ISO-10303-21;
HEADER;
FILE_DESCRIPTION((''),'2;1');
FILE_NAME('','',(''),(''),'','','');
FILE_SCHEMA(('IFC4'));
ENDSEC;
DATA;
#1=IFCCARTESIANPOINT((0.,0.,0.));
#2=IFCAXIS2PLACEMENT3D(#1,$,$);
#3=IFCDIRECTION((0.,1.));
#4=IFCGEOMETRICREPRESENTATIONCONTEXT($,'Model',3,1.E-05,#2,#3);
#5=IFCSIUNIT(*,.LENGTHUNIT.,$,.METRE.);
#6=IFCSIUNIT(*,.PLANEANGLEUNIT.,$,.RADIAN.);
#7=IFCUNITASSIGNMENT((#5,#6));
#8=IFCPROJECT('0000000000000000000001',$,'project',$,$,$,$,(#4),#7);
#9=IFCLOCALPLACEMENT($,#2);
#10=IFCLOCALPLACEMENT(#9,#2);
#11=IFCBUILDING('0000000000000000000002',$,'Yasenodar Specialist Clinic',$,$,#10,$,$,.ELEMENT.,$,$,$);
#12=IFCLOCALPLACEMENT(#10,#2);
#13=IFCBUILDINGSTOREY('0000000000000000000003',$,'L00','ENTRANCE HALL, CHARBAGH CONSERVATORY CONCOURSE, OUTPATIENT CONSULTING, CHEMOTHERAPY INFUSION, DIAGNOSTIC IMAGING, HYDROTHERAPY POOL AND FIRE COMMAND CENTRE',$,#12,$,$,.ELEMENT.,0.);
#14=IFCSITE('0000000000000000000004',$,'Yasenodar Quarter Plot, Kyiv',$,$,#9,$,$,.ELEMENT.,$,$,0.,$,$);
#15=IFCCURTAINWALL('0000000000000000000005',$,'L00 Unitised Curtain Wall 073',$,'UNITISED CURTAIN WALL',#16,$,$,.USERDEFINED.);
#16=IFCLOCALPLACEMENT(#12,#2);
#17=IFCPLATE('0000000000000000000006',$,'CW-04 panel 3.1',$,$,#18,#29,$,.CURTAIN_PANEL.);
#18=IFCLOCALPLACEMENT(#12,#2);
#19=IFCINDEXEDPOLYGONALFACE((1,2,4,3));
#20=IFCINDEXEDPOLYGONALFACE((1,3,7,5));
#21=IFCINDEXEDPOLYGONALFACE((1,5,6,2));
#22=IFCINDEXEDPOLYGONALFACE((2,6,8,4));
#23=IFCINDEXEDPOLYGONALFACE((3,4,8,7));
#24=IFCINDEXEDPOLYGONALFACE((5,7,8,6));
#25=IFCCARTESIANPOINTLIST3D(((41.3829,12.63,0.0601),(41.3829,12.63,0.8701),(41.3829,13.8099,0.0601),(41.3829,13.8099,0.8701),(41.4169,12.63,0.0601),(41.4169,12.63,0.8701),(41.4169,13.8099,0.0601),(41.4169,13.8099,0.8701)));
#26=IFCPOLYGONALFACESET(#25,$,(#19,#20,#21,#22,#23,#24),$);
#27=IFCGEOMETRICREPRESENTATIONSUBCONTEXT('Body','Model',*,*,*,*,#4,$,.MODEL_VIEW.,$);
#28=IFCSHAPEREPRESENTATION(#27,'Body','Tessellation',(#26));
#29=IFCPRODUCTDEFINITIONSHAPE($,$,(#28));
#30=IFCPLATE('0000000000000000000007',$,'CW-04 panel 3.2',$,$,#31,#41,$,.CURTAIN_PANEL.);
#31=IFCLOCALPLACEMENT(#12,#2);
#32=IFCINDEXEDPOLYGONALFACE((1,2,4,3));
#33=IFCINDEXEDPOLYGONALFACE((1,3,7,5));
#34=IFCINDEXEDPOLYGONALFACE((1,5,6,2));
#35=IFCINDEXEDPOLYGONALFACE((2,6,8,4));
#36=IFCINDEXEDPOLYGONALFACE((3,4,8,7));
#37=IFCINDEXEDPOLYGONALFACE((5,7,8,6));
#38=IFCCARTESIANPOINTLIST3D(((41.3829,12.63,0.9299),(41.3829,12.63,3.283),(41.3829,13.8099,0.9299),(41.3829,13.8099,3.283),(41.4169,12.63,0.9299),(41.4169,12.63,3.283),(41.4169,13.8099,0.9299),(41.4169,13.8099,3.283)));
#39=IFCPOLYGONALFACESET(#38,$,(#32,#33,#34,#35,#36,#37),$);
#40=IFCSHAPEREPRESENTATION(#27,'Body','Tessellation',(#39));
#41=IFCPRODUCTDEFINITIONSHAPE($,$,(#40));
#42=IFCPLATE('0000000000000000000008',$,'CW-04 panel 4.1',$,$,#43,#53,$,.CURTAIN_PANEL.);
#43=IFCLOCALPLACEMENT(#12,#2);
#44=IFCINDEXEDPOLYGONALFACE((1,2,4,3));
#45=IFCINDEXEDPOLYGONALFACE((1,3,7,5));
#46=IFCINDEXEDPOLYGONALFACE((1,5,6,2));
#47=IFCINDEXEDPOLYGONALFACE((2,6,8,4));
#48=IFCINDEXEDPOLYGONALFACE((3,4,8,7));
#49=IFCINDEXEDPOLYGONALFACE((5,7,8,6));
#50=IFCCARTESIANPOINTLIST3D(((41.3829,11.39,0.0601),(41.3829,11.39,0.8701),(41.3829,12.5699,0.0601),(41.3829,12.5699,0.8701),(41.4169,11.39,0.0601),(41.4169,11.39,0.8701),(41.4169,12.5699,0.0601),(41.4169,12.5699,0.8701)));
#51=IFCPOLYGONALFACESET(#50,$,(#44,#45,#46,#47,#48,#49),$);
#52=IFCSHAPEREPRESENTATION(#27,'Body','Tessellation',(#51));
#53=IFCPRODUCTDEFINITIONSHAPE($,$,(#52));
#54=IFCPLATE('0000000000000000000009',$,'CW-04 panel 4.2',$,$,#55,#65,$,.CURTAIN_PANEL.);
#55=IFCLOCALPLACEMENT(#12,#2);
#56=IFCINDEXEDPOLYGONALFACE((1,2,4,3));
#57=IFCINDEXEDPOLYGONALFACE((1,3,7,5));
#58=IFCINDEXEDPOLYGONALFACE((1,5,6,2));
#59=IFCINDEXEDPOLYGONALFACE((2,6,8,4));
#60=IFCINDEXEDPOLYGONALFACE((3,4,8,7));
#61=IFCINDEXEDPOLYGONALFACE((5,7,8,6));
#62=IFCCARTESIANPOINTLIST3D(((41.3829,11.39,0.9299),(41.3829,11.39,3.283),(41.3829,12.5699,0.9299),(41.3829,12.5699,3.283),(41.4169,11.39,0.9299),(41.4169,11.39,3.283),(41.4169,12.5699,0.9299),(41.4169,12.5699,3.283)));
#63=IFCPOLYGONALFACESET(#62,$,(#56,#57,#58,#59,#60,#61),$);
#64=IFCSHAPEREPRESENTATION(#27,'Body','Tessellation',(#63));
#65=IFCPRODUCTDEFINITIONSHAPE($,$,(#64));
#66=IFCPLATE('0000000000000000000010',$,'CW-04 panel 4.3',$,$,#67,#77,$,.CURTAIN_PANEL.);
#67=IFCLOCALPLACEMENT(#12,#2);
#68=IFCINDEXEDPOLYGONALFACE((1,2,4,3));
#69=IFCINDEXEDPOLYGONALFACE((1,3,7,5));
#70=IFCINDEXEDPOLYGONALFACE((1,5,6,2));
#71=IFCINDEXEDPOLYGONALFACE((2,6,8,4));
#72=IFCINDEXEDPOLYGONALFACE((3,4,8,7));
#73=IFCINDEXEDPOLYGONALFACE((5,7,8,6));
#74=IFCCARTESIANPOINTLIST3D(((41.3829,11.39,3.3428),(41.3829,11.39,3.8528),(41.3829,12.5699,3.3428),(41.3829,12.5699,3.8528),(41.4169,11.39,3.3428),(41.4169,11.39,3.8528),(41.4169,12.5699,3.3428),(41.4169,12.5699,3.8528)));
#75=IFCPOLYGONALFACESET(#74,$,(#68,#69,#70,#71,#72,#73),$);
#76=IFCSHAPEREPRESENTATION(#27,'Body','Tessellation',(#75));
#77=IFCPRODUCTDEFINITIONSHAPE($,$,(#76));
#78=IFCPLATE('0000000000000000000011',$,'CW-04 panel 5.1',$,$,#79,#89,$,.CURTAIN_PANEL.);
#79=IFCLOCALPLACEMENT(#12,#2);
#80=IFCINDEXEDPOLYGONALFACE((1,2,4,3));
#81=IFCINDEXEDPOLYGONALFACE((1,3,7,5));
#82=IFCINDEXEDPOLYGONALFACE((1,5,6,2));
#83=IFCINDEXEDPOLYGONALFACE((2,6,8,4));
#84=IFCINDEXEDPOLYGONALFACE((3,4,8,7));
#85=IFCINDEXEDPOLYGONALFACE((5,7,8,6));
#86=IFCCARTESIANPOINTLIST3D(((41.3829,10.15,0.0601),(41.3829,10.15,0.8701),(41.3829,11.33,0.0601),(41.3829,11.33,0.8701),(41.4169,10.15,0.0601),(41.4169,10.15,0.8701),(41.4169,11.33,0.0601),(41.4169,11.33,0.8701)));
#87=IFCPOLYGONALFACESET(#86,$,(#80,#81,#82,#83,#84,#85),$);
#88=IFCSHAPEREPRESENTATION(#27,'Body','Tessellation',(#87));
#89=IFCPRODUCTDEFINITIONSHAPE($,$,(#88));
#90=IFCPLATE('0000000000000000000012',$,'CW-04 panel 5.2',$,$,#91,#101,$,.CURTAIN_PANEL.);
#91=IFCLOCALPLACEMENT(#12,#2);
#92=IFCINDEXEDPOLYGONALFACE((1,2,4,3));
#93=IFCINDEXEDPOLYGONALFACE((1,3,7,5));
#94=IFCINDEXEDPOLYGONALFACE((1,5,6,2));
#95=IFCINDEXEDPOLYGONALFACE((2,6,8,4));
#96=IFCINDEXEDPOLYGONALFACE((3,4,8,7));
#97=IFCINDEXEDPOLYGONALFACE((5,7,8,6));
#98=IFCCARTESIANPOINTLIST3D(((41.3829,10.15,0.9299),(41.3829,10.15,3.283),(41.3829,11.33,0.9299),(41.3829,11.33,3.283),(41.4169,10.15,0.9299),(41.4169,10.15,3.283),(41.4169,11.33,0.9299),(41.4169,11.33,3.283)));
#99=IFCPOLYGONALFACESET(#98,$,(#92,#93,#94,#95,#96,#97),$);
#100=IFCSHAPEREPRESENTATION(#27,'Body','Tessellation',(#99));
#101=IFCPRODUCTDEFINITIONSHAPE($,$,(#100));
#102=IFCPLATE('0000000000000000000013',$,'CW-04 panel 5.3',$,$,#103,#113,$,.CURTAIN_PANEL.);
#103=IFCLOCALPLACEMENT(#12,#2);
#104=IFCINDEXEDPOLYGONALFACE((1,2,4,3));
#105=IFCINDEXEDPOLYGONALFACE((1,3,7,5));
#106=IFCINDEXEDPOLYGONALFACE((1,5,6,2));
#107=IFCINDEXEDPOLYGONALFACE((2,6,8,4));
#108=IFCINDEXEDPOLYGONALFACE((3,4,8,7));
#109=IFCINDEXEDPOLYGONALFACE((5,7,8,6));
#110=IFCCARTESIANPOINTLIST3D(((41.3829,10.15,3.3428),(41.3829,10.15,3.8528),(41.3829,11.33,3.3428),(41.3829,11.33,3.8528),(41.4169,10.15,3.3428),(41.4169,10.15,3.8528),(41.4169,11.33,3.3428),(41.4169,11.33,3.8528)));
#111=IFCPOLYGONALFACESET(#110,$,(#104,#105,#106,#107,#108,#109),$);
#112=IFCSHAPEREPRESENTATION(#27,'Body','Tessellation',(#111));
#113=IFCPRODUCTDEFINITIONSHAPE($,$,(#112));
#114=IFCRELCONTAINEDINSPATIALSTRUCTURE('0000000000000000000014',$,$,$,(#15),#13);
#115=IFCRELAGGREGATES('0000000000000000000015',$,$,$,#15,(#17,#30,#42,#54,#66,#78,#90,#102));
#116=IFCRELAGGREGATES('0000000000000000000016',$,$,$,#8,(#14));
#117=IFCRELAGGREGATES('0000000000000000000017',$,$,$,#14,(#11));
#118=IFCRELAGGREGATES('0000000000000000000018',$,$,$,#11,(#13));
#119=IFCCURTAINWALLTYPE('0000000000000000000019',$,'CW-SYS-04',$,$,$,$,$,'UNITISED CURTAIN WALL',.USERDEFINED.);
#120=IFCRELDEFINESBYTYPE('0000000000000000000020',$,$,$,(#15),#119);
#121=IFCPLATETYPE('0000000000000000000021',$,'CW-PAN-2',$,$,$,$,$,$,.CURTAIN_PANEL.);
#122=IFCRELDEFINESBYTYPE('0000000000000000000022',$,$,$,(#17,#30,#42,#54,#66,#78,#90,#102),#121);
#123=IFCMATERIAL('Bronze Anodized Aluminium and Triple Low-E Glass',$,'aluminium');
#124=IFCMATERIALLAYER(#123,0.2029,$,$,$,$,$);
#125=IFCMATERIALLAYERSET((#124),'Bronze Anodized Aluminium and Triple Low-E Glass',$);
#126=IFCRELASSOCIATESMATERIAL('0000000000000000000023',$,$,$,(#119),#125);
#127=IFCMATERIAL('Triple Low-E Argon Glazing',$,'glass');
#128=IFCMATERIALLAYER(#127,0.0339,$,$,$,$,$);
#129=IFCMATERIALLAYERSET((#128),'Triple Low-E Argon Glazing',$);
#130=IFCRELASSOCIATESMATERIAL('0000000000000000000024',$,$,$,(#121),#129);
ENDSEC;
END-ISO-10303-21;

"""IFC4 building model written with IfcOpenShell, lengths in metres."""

from ifc_helpers import new_model, si_unit, direction, frame, origin, origin_2d, place, context, subcontext, project, spatial, rectangle, extrude, material, layer, layer_set, type_object, element, aggregate, save


model = new_model("IFC4")

# Units and contexts
model_context = context("Model", 3, precision=1e-05, world=origin(), true_north=direction((0.0, 1.0)))
body_context = subcontext(model_context, "Body", "Model", "MODEL_VIEW")
ifc_project = project(units=[si_unit("LENGTHUNIT", "METRE"), si_unit("PLANEANGLEUNIT", "RADIAN")], contexts=[model_context])

# Site, building, storey
site_placement = place(None, origin())
site = spatial("IfcSite", under=ifc_project, at=site_placement, Name="Yasenodar Quarter Plot, Kyiv", CompositionType="ELEMENT", RefElevation=0.0)
building_placement = place(site_placement, origin())
building = spatial("IfcBuilding", under=site, at=building_placement, Name="Yasenodar Specialist Clinic", CompositionType="ELEMENT")
storey_placement = place(building_placement, origin())
storey = spatial("IfcBuildingStorey", under=building, at=storey_placement, Name="L00", Description="ENTRANCE HALL, CHARBAGH CONSERVATORY CONCOURSE, OUTPATIENT CONSULTING, CHEMOTHERAPY INFUSION, DIAGNOSTIC IMAGING, HYDROTHERAPY POOL AND FIRE COMMAND CENTRE", CompositionType="ELEMENT", Elevation=0.0)

# Curtain wall, plates
ifc_material_1 = material(Name="Bronze Anodized Aluminium and Triple Low-E Glass", Category="aluminium")
ifc_layer_1 = layer(ifc_material_1, 0.2029)
ifc_layer_set_1 = layer_set([ifc_layer_1], Name="Bronze Anodized Aluminium and Triple Low-E Glass")
curtain_wall_type = type_object("IfcCurtainWallType", Name="CW-SYS-04", ElementType="UNITISED CURTAIN WALL", PredefinedType="USERDEFINED", material=ifc_layer_set_1)
curtain_wall_placement = place(storey_placement, origin())
curtain_wall = element("IfcCurtainWall", 1, at=curtain_wall_placement, inside=storey, type_object=curtain_wall_type, Name="L00 Unitised Curtain Wall 073", ObjectType="UNITISED CURTAIN WALL", PredefinedType="USERDEFINED")
ifc_material_2 = material(Name="Triple Low-E Argon Glazing", Category="glass")
ifc_layer_2 = layer(ifc_material_2, 0.0339)
ifc_layer_set_2 = layer_set([ifc_layer_2], Name="Triple Low-E Argon Glazing")
plate_type = type_object("IfcPlateType", Name="CW-PAN-2", PredefinedType="CURTAIN_PANEL", material=ifc_layer_set_2)
plate_1_placement = place(storey_placement, frame((41.3999, 13.22, 0.0601), z_axis=(0.0, 0.0, 1.0), x_axis=(0.0, -1.0, 0.0)))
plate_1 = element("IfcPlate", 2, at=plate_1_placement, type_object=plate_type, Name="CW-04 panel 3.1", PredefinedType="CURTAIN_PANEL", context=body_context, shape_type="SweptSolid", body=[
    extrude(rectangle(XDim=1.1799, YDim=0.0339, at=origin_2d()), origin(), (0.0, 0.0, 1.0), 0.8101),
])
plate_2_placement = place(storey_placement, frame((41.3999, 13.22, 0.9299), z_axis=(0.0, 0.0, 1.0), x_axis=(0.0, -1.0, 0.0)))
plate_2 = element("IfcPlate", 3, at=plate_2_placement, type_object=plate_type, Name="CW-04 panel 3.2", PredefinedType="CURTAIN_PANEL", context=body_context, shape_type="SweptSolid", body=[
    extrude(rectangle(XDim=1.1799, YDim=0.0339, at=origin_2d()), origin(), (0.0, 0.0, 1.0), 2.353),
])
plate_3_placement = place(storey_placement, frame((41.3999, 11.98, 0.0601), z_axis=(0.0, 0.0, 1.0), x_axis=(0.0, -1.0, 0.0)))
plate_3 = element("IfcPlate", 4, at=plate_3_placement, type_object=plate_type, Name="CW-04 panel 4.1", PredefinedType="CURTAIN_PANEL", context=body_context, shape_type="SweptSolid", body=[
    extrude(rectangle(XDim=1.1799, YDim=0.0339, at=origin_2d()), origin(), (0.0, 0.0, 1.0), 0.8101),
])
plate_4_placement = place(storey_placement, frame((41.3999, 11.98, 0.9299), z_axis=(0.0, 0.0, 1.0), x_axis=(0.0, -1.0, 0.0)))
plate_4 = element("IfcPlate", 5, at=plate_4_placement, type_object=plate_type, Name="CW-04 panel 4.2", PredefinedType="CURTAIN_PANEL", context=body_context, shape_type="SweptSolid", body=[
    extrude(rectangle(XDim=1.1799, YDim=0.0339, at=origin_2d()), origin(), (0.0, 0.0, 1.0), 2.353),
])
plate_5_placement = place(storey_placement, frame((41.3999, 11.98, 3.3428), z_axis=(0.0, 0.0, 1.0), x_axis=(0.0, -1.0, 0.0)))
plate_5 = element("IfcPlate", 6, at=plate_5_placement, type_object=plate_type, Name="CW-04 panel 4.3", PredefinedType="CURTAIN_PANEL", context=body_context, shape_type="SweptSolid", body=[
    extrude(rectangle(XDim=1.1799, YDim=0.0339, at=origin_2d()), origin(), (0.0, 0.0, 1.0), 0.51),
])
plate_6_placement = place(storey_placement, frame((41.3999, 10.74, 0.0601), z_axis=(0.0, 0.0, 1.0), x_axis=(0.0, -1.0, 0.0)))
plate_6 = element("IfcPlate", 7, at=plate_6_placement, type_object=plate_type, Name="CW-04 panel 5.1", PredefinedType="CURTAIN_PANEL", context=body_context, shape_type="SweptSolid", body=[
    extrude(rectangle(XDim=1.1799, YDim=0.0339, at=origin_2d()), origin(), (0.0, 0.0, 1.0), 0.8101),
])
plate_7_placement = place(storey_placement, frame((41.3999, 10.74, 0.9299), z_axis=(0.0, 0.0, 1.0), x_axis=(0.0, -1.0, 0.0)))
plate_7 = element("IfcPlate", 8, at=plate_7_placement, type_object=plate_type, Name="CW-04 panel 5.2", PredefinedType="CURTAIN_PANEL", context=body_context, shape_type="SweptSolid", body=[
    extrude(rectangle(XDim=1.1799, YDim=0.0339, at=origin_2d()), origin(), (0.0, 0.0, 1.0), 2.353),
])
plate_8_placement = place(storey_placement, frame((41.3999, 10.74, 3.3428), z_axis=(0.0, 0.0, 1.0), x_axis=(0.0, -1.0, 0.0)))
plate_8 = element("IfcPlate", 9, at=plate_8_placement, type_object=plate_type, Name="CW-04 panel 5.3", PredefinedType="CURTAIN_PANEL", context=body_context, shape_type="SweptSolid", body=[
    extrude(rectangle(XDim=1.1799, YDim=0.0339, at=origin_2d()), origin(), (0.0, 0.0, 1.0), 0.51),
])
aggregate(curtain_wall, [plate_1, plate_2, plate_3, plate_4, plate_5, plate_6, plate_7, plate_8])

save(model, "model.ifc")
